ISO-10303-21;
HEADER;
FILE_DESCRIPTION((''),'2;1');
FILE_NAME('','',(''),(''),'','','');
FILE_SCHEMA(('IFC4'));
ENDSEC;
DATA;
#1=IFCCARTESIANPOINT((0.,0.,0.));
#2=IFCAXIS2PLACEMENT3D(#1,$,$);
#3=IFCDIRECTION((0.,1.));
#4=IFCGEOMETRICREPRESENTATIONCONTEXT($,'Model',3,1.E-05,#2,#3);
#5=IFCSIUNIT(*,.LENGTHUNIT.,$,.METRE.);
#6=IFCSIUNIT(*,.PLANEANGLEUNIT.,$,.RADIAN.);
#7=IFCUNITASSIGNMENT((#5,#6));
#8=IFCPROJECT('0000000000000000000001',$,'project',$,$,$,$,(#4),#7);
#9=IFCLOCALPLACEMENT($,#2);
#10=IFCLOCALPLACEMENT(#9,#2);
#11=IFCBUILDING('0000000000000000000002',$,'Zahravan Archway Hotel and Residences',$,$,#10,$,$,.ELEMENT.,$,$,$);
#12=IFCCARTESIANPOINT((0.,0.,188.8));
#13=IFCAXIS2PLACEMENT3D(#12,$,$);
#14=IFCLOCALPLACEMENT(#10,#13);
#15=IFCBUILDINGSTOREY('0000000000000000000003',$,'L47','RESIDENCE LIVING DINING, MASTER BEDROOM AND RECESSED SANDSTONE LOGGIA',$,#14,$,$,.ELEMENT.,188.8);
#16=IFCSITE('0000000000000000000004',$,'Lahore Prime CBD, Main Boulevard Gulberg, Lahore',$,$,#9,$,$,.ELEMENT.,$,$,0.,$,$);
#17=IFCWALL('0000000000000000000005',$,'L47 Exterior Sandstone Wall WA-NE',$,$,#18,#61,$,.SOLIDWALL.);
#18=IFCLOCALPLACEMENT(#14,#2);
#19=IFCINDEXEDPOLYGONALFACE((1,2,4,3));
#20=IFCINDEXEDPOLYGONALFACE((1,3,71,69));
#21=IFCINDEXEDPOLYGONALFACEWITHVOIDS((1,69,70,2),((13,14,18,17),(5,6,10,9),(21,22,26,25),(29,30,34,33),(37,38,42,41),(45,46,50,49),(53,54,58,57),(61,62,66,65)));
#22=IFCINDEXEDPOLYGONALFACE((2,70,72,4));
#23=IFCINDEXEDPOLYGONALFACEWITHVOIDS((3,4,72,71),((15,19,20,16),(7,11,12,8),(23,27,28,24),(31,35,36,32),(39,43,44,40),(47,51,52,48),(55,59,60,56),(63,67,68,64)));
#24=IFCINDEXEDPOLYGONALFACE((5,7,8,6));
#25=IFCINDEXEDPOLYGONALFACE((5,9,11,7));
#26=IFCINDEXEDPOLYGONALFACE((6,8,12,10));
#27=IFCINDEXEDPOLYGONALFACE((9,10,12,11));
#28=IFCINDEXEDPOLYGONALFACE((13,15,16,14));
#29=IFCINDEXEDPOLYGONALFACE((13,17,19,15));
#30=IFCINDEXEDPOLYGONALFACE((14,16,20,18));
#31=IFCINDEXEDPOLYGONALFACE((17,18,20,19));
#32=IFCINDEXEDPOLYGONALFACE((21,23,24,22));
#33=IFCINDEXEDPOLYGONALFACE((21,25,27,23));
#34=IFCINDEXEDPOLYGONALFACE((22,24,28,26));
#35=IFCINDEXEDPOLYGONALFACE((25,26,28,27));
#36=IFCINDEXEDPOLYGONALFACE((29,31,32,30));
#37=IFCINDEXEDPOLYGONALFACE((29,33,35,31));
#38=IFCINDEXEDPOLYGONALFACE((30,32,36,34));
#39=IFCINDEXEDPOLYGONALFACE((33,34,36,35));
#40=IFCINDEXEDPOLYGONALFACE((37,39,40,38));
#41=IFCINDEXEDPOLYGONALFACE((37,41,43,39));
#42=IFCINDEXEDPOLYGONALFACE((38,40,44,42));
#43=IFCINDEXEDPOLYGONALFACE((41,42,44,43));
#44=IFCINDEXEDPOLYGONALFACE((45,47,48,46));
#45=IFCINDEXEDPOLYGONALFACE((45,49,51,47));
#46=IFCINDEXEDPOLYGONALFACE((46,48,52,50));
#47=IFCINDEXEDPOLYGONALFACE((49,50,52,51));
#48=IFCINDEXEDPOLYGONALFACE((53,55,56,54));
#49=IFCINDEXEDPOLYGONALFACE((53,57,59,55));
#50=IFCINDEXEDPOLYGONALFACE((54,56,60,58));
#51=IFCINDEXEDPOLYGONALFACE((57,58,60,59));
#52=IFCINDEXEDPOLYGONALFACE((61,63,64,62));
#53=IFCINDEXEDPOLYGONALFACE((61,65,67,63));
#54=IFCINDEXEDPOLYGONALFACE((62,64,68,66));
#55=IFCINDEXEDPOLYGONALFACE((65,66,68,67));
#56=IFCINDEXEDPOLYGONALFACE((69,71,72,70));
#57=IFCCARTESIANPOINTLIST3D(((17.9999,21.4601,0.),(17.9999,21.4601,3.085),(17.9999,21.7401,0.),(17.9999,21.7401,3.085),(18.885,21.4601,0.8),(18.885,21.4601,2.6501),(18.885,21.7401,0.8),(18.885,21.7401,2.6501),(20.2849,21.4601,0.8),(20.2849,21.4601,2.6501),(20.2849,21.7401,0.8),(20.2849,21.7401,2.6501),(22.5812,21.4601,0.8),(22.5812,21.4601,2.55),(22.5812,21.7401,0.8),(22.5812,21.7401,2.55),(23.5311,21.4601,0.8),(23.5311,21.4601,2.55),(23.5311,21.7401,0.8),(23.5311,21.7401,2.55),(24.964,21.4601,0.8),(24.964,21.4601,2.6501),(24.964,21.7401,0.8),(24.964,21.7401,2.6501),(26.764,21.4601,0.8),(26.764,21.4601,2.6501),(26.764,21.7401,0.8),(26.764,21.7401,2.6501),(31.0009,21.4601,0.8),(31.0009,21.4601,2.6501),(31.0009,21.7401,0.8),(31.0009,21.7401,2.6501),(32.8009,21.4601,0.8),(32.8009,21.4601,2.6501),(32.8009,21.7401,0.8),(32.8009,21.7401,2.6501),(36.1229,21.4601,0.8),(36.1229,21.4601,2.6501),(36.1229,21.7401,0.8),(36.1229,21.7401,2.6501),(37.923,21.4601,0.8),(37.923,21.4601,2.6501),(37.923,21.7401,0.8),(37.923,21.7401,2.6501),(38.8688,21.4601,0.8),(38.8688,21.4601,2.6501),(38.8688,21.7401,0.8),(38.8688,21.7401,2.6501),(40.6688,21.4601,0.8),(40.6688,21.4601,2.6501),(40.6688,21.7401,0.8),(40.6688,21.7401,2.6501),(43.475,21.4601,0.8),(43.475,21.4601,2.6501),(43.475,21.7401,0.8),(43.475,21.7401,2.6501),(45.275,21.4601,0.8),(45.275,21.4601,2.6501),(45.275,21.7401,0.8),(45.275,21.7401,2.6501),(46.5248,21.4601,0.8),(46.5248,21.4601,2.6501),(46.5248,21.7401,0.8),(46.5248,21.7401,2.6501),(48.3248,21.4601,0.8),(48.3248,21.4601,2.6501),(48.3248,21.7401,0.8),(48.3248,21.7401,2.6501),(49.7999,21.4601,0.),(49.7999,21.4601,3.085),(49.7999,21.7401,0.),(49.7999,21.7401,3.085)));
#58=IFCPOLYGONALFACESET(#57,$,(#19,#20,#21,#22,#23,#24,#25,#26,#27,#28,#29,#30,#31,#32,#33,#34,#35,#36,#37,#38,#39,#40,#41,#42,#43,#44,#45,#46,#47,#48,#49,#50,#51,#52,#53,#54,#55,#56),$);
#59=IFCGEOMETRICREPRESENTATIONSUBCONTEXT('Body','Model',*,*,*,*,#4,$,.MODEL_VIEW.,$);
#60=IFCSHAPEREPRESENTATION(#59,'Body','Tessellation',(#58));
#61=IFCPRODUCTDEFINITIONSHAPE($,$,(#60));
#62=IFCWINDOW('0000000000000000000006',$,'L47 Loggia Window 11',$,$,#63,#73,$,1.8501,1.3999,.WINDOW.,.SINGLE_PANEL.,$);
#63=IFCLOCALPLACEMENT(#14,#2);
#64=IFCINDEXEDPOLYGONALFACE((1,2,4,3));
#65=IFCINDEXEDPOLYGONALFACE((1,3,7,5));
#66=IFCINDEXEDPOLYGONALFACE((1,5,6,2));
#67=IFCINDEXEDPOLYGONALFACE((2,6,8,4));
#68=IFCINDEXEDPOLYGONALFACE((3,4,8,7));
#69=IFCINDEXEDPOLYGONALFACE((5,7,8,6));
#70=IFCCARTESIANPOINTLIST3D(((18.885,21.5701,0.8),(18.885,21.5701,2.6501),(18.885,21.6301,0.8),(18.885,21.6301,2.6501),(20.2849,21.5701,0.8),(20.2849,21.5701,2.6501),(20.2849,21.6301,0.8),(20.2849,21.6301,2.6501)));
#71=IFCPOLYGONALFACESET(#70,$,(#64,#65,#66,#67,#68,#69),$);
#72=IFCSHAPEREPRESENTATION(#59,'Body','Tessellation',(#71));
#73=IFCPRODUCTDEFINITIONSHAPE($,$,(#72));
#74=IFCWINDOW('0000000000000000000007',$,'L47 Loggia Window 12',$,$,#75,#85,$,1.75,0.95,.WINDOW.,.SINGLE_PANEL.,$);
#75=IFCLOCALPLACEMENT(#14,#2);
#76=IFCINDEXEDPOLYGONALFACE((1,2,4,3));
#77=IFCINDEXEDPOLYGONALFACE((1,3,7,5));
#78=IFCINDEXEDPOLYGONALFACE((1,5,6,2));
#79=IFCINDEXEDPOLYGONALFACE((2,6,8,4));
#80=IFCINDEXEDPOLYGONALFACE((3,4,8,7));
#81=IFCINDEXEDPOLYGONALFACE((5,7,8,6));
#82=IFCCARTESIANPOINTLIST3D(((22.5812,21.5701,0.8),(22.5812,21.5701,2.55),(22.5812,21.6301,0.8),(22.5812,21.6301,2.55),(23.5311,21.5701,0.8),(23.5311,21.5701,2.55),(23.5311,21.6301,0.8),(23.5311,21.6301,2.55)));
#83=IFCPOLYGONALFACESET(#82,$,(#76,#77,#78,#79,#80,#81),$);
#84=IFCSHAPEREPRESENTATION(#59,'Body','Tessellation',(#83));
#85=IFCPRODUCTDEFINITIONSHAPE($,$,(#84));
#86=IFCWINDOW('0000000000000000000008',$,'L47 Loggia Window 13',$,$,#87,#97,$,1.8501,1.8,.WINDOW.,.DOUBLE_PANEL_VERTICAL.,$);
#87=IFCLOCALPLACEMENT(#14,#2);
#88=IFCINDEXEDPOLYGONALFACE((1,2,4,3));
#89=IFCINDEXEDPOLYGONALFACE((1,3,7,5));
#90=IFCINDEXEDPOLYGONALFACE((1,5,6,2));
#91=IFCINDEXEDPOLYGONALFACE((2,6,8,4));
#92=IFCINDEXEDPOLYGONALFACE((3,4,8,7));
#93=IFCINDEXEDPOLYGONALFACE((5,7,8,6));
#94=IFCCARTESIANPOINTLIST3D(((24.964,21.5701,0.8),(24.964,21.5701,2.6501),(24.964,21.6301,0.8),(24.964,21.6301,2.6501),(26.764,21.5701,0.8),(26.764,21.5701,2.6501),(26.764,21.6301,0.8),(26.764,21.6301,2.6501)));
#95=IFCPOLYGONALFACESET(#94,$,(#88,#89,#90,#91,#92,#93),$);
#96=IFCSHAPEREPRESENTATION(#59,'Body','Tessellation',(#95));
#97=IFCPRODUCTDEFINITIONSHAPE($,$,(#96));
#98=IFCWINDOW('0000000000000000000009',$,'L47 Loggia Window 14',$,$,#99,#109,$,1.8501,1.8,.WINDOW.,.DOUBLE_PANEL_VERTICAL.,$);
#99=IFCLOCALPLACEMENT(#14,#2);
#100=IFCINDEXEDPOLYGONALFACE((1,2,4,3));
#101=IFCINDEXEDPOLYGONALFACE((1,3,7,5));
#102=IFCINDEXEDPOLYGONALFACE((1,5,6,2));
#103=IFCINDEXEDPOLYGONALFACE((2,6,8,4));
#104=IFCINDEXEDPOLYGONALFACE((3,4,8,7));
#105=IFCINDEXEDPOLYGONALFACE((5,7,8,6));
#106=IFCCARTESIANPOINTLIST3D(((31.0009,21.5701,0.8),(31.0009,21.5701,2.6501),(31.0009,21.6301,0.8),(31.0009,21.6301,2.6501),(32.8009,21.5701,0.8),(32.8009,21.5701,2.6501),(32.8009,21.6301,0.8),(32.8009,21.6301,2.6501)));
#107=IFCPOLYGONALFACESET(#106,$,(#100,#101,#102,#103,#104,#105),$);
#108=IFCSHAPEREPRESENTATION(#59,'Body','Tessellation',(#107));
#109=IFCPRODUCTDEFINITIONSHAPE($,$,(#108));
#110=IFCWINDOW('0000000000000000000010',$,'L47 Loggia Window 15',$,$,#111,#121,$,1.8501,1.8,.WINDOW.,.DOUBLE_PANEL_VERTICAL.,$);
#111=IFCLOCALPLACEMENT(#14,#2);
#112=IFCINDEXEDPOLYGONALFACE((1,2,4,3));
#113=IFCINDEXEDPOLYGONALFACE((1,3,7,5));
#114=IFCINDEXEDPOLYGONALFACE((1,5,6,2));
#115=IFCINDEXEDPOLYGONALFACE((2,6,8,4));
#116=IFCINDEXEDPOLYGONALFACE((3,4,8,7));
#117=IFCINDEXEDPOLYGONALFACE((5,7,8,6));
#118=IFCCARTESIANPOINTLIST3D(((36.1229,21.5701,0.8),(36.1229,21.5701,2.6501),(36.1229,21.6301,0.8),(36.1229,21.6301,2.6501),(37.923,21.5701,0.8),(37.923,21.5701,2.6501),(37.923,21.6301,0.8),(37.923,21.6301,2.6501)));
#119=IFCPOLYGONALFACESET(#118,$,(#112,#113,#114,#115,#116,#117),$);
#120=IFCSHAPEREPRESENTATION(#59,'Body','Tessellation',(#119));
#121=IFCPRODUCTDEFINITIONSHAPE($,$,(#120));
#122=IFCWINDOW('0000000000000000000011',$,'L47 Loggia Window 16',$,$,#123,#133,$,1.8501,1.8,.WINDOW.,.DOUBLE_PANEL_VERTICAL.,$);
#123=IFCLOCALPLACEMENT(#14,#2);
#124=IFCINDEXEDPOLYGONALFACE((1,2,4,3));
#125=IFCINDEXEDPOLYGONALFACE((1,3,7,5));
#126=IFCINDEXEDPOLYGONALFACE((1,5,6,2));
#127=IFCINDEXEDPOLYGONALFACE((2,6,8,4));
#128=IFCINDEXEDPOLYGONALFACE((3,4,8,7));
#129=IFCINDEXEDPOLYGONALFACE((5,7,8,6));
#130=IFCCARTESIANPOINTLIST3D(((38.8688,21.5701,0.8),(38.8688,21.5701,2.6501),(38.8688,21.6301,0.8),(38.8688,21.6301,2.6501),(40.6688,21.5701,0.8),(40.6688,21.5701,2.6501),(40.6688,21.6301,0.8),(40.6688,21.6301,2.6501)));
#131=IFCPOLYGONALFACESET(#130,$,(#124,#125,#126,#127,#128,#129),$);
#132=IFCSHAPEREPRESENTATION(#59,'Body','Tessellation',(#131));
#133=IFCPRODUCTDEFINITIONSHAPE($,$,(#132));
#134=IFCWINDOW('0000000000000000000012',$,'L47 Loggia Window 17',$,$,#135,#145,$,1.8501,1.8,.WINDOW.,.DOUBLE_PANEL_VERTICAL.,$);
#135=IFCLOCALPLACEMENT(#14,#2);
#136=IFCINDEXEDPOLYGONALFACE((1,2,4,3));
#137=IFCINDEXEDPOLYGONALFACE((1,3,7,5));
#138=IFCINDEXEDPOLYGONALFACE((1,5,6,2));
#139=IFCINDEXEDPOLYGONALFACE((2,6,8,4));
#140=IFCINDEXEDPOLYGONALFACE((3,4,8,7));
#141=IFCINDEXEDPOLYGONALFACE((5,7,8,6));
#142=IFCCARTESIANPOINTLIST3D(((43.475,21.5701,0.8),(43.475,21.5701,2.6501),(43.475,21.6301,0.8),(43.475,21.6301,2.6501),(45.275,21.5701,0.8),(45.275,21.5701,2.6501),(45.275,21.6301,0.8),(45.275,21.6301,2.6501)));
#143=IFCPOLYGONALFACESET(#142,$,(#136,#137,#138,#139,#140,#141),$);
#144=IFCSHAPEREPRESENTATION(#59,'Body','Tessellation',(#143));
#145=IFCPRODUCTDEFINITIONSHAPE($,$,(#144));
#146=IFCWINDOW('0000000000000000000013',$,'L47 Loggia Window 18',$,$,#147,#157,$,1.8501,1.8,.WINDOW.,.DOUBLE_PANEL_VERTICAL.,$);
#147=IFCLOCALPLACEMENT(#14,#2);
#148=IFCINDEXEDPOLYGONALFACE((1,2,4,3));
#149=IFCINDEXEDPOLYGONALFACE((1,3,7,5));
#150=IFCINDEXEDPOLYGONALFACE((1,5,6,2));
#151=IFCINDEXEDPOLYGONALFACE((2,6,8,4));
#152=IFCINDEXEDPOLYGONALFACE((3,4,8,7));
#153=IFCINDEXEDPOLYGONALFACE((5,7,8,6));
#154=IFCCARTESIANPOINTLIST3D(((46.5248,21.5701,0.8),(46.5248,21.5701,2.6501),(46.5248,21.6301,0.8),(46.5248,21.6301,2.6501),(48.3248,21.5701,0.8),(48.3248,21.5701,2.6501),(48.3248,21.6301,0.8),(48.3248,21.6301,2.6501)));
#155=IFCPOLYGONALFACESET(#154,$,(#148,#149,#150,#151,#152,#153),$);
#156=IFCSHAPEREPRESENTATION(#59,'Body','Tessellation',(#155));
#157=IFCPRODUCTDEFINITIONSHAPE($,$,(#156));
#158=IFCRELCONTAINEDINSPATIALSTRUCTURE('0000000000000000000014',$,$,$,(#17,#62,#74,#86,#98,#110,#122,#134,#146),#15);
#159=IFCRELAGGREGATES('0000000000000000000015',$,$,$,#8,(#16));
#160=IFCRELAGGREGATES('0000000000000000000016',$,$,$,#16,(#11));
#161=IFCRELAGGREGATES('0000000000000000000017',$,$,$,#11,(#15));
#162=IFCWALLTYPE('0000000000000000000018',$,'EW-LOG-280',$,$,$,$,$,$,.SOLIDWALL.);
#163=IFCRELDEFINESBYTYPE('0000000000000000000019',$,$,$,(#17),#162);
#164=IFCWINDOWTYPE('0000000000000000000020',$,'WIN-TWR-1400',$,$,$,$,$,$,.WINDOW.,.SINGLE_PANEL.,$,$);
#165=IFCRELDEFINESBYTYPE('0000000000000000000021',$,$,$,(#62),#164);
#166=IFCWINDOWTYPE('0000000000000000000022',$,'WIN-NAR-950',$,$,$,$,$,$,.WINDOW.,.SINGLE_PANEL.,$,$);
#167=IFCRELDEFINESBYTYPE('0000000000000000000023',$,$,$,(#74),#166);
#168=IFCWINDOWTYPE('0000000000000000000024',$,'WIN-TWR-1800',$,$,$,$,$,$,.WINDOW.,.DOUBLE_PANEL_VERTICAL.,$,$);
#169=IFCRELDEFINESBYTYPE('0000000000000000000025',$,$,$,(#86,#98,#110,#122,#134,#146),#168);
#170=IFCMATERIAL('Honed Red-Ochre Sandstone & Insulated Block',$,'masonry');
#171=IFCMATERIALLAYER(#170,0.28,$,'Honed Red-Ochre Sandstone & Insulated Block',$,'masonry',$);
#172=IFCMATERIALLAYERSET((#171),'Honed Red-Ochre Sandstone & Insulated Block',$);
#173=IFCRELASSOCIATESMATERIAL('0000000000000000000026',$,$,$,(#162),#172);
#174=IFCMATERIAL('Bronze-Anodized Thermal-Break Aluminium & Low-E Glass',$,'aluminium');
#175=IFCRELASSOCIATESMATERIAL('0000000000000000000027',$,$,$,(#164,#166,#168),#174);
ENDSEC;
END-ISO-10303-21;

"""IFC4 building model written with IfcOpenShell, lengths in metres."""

from ifc_helpers import new_model, si_unit, direction, frame, frame_2d, origin, place, context, subcontext, project, spatial, rectangle, extrude, source, transform, mapped, material, layer, layer_set, type_object, type_shapes, element, fill, save


model = new_model("IFC4")

# Units and contexts
model_context = context("Model", 3, precision=1e-05, world=origin(), true_north=direction((0.0, 1.0)))
body_context = subcontext(model_context, "Body", "Model", "MODEL_VIEW")
ifc_project = project(units=[si_unit("LENGTHUNIT", "METRE"), si_unit("PLANEANGLEUNIT", "RADIAN")], contexts=[model_context])

# Site, building, storey
site_placement = place(None, origin())
site = spatial("IfcSite", under=ifc_project, at=site_placement, Name="Lahore Prime CBD, Main Boulevard Gulberg, Lahore", CompositionType="ELEMENT", RefElevation=0.0)
building_placement = place(site_placement, origin())
building = spatial("IfcBuilding", under=site, at=building_placement, Name="Zahravan Archway Hotel and Residences", CompositionType="ELEMENT")
storey_placement = place(building_placement, frame((0.0, 0.0, 188.8)))
storey = spatial("IfcBuildingStorey", under=building, at=storey_placement, Name="L47", Description="RESIDENCE LIVING DINING, MASTER BEDROOM AND RECESSED SANDSTONE LOGGIA", CompositionType="ELEMENT", Elevation=188.8)

# Wall, openings, windows
ifc_material_1 = material(Name="Honed Red-Ochre Sandstone & Insulated Block", Category="masonry")
ifc_layer_1 = layer(ifc_material_1, 0.28, Name="Honed Red-Ochre Sandstone & Insulated Block", Category="masonry")
ifc_layer_set_1 = layer_set([ifc_layer_1], Name="Honed Red-Ochre Sandstone & Insulated Block")
wall_type_1 = type_object("IfcWallType", Name="EW-LOG-280", PredefinedType="SOLIDWALL", material=ifc_layer_set_1)
wall_1_placement = place(storey_placement, frame((18.0, 21.6001, 0.0), z_axis=(0.0, 0.0, 1.0), x_axis=(1.0, 0.0, 0.0)))
wall_1 = element("IfcWall", 1, at=wall_1_placement, inside=storey, type_object=wall_type_1, Name="L47 Exterior Sandstone Wall WA-NE", PredefinedType="SOLIDWALL", context=body_context, shape_type="SweptSolid", body=[
    extrude(rectangle(XDim=31.8, YDim=0.28, at=frame_2d((15.8999, 0.0))), origin(), (0.0, 0.0, 1.0), 3.085),
])
opening_1_placement = place(wall_1_placement, frame((0.885, 0.0, 0.8)))
opening_1 = element("IfcOpeningElement", 2, at=opening_1_placement, cuts=wall_1, PredefinedType="OPENING", context=body_context, shape_type="SweptSolid", body=[
    extrude(rectangle(XDim=1.3999, YDim=1.8501, at=frame_2d((0.7, 0.925))), frame((0.0, 0.1499, 0.0), z_axis=(0.0, -1.0, 0.0), x_axis=(1.0, 0.0, 0.0)), (0.0, 0.0, 1.0), 0.3),
])
opening_2_placement = place(wall_1_placement, frame((4.5811, 0.0, 0.8)))
opening_2 = element("IfcOpeningElement", 3, at=opening_2_placement, cuts=wall_1, PredefinedType="OPENING", context=body_context, shape_type="SweptSolid", body=[
    extrude(rectangle(XDim=0.95, YDim=1.75, at=frame_2d((0.4751, 0.875))), frame((0.0, 0.1499, 0.0), z_axis=(0.0, -1.0, 0.0), x_axis=(1.0, 0.0, 0.0)), (0.0, 0.0, 1.0), 0.3),
])
opening_3_placement = place(wall_1_placement, frame((6.9641, 0.0, 0.8)))
opening_3 = element("IfcOpeningElement", 4, at=opening_3_placement, cuts=wall_1, PredefinedType="OPENING", context=body_context, shape_type="SweptSolid", body=[
    extrude(rectangle(XDim=1.8, YDim=1.8501, at=frame_2d((0.8999, 0.925))), frame((0.0, 0.1499, 0.0), z_axis=(0.0, -1.0, 0.0), x_axis=(1.0, 0.0, 0.0)), (0.0, 0.0, 1.0), 0.3),
])
opening_4_placement = place(wall_1_placement, frame((13.001, 0.0, 0.8)))
opening_4 = element("IfcOpeningElement", 5, at=opening_4_placement, cuts=wall_1, PredefinedType="OPENING", context=body_context, shape_type="SweptSolid", body=[
    extrude(rectangle(XDim=1.8, YDim=1.8501, at=frame_2d((0.8999, 0.925))), frame((0.0, 0.1499, 0.0), z_axis=(0.0, -1.0, 0.0), x_axis=(1.0, 0.0, 0.0)), (0.0, 0.0, 1.0), 0.3),
])
opening_5_placement = place(wall_1_placement, frame((18.123, 0.0, 0.8)))
opening_5 = element("IfcOpeningElement", 6, at=opening_5_placement, cuts=wall_1, PredefinedType="OPENING", context=body_context, shape_type="SweptSolid", body=[
    extrude(rectangle(XDim=1.8, YDim=1.8501, at=frame_2d((0.8999, 0.925))), frame((0.0, 0.1499, 0.0), z_axis=(0.0, -1.0, 0.0), x_axis=(1.0, 0.0, 0.0)), (0.0, 0.0, 1.0), 0.3),
])
opening_6_placement = place(wall_1_placement, frame((20.8689, 0.0, 0.8)))
opening_6 = element("IfcOpeningElement", 7, at=opening_6_placement, cuts=wall_1, PredefinedType="OPENING", context=body_context, shape_type="SweptSolid", body=[
    extrude(rectangle(XDim=1.8, YDim=1.8501, at=frame_2d((0.8999, 0.925))), frame((0.0, 0.1499, 0.0), z_axis=(0.0, -1.0, 0.0), x_axis=(1.0, 0.0, 0.0)), (0.0, 0.0, 1.0), 0.3),
])
opening_7_placement = place(wall_1_placement, frame((25.4751, 0.0, 0.8)))
opening_7 = element("IfcOpeningElement", 8, at=opening_7_placement, cuts=wall_1, PredefinedType="OPENING", context=body_context, shape_type="SweptSolid", body=[
    extrude(rectangle(XDim=1.8, YDim=1.8501, at=frame_2d((0.8999, 0.925))), frame((0.0, 0.1499, 0.0), z_axis=(0.0, -1.0, 0.0), x_axis=(1.0, 0.0, 0.0)), (0.0, 0.0, 1.0), 0.3),
])
opening_8_placement = place(wall_1_placement, frame((28.5249, 0.0, 0.8)))
opening_8 = element("IfcOpeningElement", 9, at=opening_8_placement, cuts=wall_1, PredefinedType="OPENING", context=body_context, shape_type="SweptSolid", body=[
    extrude(rectangle(XDim=1.8, YDim=1.8501, at=frame_2d((0.8999, 0.925))), frame((0.0, 0.1499, 0.0), z_axis=(0.0, -1.0, 0.0), x_axis=(1.0, 0.0, 0.0)), (0.0, 0.0, 1.0), 0.3),
])
ifc_material_2 = material(Name="Bronze-Anodized Thermal-Break Aluminium & Low-E Glass", Category="aluminium")
window_type_1 = type_object("IfcWindowType", Name="WIN-TWR-1400", PartitioningType="SINGLE_PANEL", PredefinedType="WINDOW", material=ifc_material_2)
shared_shape_1 = source(origin(), body_context, "Body", "SweptSolid", [
    extrude(rectangle(XDim=1.3999, YDim=1.8501, at=frame_2d((0.7, 0.925))), frame((0.0, 0.03, 0.0), z_axis=(0.0, -1.0, 0.0), x_axis=(1.0, 0.0, 0.0)), (0.0, 0.0, 1.0), 0.0601),
])
type_shapes(window_type_1, [shared_shape_1])
window_1_placement = place(opening_1_placement, origin())
window_1 = element("IfcWindow", 10, at=window_1_placement, inside=storey, type_object=window_type_1, Name="L47 Loggia Window 11", OverallHeight=1.8501, OverallWidth=1.3999, PartitioningType="SINGLE_PANEL", PredefinedType="WINDOW", context=body_context, shape_type="MappedRepresentation", body=[
    mapped(shared_shape_1, transform((0.0, 0.0, 0.0), scale=1.0)),
])
fill(opening_1, window_1)
window_type_2 = type_object("IfcWindowType", Name="WIN-NAR-950", PartitioningType="SINGLE_PANEL", PredefinedType="WINDOW", material=ifc_material_2)
shared_shape_2 = source(origin(), body_context, "Body", "SweptSolid", [
    extrude(rectangle(XDim=0.95, YDim=1.75, at=frame_2d((0.4751, 0.875))), frame((0.0, 0.03, 0.0), z_axis=(0.0, -1.0, 0.0), x_axis=(1.0, 0.0, 0.0)), (0.0, 0.0, 1.0), 0.0601),
])
type_shapes(window_type_2, [shared_shape_2])
window_2_placement = place(opening_2_placement, origin())
window_2 = element("IfcWindow", 11, at=window_2_placement, inside=storey, type_object=window_type_2, Name="L47 Loggia Window 12", OverallHeight=1.75, OverallWidth=0.95, PartitioningType="SINGLE_PANEL", PredefinedType="WINDOW", context=body_context, shape_type="MappedRepresentation", body=[
    mapped(shared_shape_2, transform((0.0, 0.0, 0.0), scale=1.0)),
])
fill(opening_2, window_2)
window_type_3 = type_object("IfcWindowType", Name="WIN-TWR-1800", PartitioningType="DOUBLE_PANEL_VERTICAL", PredefinedType="WINDOW", material=ifc_material_2)
shared_shape_3 = source(origin(), body_context, "Body", "SweptSolid", [
    extrude(rectangle(XDim=1.8, YDim=1.8501, at=frame_2d((0.8999, 0.925))), frame((0.0, 0.03, 0.0), z_axis=(0.0, -1.0, 0.0), x_axis=(1.0, 0.0, 0.0)), (0.0, 0.0, 1.0), 0.0601),
])
type_shapes(window_type_3, [shared_shape_3])
window_3_placement = place(opening_3_placement, origin())
window_3 = element("IfcWindow", 12, at=window_3_placement, inside=storey, type_object=window_type_3, Name="L47 Loggia Window 13", OverallHeight=1.8501, OverallWidth=1.8, PartitioningType="DOUBLE_PANEL_VERTICAL", PredefinedType="WINDOW", context=body_context, shape_type="MappedRepresentation", body=[
    mapped(shared_shape_3, transform((0.0, 0.0, 0.0), scale=1.0)),
])
fill(opening_3, window_3)
window_4_placement = place(opening_4_placement, origin())
window_4 = element("IfcWindow", 13, at=window_4_placement, inside=storey, type_object=window_type_3, Name="L47 Loggia Window 14", OverallHeight=1.8501, OverallWidth=1.8, PartitioningType="DOUBLE_PANEL_VERTICAL", PredefinedType="WINDOW", context=body_context, shape_type="MappedRepresentation", body=[
    mapped(shared_shape_3, transform((0.0, 0.0, 0.0), scale=1.0)),
])
fill(opening_4, window_4)
window_5_placement = place(opening_5_placement, origin())
window_5 = element("IfcWindow", 14, at=window_5_placement, inside=storey, type_object=window_type_3, Name="L47 Loggia Window 15", OverallHeight=1.8501, OverallWidth=1.8, PartitioningType="DOUBLE_PANEL_VERTICAL", PredefinedType="WINDOW", context=body_context, shape_type="MappedRepresentation", body=[
    mapped(shared_shape_3, transform((0.0, 0.0, 0.0), scale=1.0)),
])
fill(opening_5, window_5)
window_6_placement = place(opening_6_placement, origin())
window_6 = element("IfcWindow", 15, at=window_6_placement, inside=storey, type_object=window_type_3, Name="L47 Loggia Window 16", OverallHeight=1.8501, OverallWidth=1.8, PartitioningType="DOUBLE_PANEL_VERTICAL", PredefinedType="WINDOW", context=body_context, shape_type="MappedRepresentation", body=[
    mapped(shared_shape_3, transform((0.0, 0.0, 0.0), scale=1.0)),
])
fill(opening_6, window_6)
window_7_placement = place(opening_7_placement, origin())
window_7 = element("IfcWindow", 16, at=window_7_placement, inside=storey, type_object=window_type_3, Name="L47 Loggia Window 17", OverallHeight=1.8501, OverallWidth=1.8, PartitioningType="DOUBLE_PANEL_VERTICAL", PredefinedType="WINDOW", context=body_context, shape_type="MappedRepresentation", body=[
    mapped(shared_shape_3, transform((0.0, 0.0, 0.0), scale=1.0)),
])
fill(opening_7, window_7)
window_8_placement = place(opening_8_placement, origin())
window_8 = element("IfcWindow", 17, at=window_8_placement, inside=storey, type_object=window_type_3, Name="L47 Loggia Window 18", OverallHeight=1.8501, OverallWidth=1.8, PartitioningType="DOUBLE_PANEL_VERTICAL", PredefinedType="WINDOW", context=body_context, shape_type="MappedRepresentation", body=[
    mapped(shared_shape_3, transform((0.0, 0.0, 0.0), scale=1.0)),
])
fill(opening_8, window_8)

save(model, "model.ifc")
